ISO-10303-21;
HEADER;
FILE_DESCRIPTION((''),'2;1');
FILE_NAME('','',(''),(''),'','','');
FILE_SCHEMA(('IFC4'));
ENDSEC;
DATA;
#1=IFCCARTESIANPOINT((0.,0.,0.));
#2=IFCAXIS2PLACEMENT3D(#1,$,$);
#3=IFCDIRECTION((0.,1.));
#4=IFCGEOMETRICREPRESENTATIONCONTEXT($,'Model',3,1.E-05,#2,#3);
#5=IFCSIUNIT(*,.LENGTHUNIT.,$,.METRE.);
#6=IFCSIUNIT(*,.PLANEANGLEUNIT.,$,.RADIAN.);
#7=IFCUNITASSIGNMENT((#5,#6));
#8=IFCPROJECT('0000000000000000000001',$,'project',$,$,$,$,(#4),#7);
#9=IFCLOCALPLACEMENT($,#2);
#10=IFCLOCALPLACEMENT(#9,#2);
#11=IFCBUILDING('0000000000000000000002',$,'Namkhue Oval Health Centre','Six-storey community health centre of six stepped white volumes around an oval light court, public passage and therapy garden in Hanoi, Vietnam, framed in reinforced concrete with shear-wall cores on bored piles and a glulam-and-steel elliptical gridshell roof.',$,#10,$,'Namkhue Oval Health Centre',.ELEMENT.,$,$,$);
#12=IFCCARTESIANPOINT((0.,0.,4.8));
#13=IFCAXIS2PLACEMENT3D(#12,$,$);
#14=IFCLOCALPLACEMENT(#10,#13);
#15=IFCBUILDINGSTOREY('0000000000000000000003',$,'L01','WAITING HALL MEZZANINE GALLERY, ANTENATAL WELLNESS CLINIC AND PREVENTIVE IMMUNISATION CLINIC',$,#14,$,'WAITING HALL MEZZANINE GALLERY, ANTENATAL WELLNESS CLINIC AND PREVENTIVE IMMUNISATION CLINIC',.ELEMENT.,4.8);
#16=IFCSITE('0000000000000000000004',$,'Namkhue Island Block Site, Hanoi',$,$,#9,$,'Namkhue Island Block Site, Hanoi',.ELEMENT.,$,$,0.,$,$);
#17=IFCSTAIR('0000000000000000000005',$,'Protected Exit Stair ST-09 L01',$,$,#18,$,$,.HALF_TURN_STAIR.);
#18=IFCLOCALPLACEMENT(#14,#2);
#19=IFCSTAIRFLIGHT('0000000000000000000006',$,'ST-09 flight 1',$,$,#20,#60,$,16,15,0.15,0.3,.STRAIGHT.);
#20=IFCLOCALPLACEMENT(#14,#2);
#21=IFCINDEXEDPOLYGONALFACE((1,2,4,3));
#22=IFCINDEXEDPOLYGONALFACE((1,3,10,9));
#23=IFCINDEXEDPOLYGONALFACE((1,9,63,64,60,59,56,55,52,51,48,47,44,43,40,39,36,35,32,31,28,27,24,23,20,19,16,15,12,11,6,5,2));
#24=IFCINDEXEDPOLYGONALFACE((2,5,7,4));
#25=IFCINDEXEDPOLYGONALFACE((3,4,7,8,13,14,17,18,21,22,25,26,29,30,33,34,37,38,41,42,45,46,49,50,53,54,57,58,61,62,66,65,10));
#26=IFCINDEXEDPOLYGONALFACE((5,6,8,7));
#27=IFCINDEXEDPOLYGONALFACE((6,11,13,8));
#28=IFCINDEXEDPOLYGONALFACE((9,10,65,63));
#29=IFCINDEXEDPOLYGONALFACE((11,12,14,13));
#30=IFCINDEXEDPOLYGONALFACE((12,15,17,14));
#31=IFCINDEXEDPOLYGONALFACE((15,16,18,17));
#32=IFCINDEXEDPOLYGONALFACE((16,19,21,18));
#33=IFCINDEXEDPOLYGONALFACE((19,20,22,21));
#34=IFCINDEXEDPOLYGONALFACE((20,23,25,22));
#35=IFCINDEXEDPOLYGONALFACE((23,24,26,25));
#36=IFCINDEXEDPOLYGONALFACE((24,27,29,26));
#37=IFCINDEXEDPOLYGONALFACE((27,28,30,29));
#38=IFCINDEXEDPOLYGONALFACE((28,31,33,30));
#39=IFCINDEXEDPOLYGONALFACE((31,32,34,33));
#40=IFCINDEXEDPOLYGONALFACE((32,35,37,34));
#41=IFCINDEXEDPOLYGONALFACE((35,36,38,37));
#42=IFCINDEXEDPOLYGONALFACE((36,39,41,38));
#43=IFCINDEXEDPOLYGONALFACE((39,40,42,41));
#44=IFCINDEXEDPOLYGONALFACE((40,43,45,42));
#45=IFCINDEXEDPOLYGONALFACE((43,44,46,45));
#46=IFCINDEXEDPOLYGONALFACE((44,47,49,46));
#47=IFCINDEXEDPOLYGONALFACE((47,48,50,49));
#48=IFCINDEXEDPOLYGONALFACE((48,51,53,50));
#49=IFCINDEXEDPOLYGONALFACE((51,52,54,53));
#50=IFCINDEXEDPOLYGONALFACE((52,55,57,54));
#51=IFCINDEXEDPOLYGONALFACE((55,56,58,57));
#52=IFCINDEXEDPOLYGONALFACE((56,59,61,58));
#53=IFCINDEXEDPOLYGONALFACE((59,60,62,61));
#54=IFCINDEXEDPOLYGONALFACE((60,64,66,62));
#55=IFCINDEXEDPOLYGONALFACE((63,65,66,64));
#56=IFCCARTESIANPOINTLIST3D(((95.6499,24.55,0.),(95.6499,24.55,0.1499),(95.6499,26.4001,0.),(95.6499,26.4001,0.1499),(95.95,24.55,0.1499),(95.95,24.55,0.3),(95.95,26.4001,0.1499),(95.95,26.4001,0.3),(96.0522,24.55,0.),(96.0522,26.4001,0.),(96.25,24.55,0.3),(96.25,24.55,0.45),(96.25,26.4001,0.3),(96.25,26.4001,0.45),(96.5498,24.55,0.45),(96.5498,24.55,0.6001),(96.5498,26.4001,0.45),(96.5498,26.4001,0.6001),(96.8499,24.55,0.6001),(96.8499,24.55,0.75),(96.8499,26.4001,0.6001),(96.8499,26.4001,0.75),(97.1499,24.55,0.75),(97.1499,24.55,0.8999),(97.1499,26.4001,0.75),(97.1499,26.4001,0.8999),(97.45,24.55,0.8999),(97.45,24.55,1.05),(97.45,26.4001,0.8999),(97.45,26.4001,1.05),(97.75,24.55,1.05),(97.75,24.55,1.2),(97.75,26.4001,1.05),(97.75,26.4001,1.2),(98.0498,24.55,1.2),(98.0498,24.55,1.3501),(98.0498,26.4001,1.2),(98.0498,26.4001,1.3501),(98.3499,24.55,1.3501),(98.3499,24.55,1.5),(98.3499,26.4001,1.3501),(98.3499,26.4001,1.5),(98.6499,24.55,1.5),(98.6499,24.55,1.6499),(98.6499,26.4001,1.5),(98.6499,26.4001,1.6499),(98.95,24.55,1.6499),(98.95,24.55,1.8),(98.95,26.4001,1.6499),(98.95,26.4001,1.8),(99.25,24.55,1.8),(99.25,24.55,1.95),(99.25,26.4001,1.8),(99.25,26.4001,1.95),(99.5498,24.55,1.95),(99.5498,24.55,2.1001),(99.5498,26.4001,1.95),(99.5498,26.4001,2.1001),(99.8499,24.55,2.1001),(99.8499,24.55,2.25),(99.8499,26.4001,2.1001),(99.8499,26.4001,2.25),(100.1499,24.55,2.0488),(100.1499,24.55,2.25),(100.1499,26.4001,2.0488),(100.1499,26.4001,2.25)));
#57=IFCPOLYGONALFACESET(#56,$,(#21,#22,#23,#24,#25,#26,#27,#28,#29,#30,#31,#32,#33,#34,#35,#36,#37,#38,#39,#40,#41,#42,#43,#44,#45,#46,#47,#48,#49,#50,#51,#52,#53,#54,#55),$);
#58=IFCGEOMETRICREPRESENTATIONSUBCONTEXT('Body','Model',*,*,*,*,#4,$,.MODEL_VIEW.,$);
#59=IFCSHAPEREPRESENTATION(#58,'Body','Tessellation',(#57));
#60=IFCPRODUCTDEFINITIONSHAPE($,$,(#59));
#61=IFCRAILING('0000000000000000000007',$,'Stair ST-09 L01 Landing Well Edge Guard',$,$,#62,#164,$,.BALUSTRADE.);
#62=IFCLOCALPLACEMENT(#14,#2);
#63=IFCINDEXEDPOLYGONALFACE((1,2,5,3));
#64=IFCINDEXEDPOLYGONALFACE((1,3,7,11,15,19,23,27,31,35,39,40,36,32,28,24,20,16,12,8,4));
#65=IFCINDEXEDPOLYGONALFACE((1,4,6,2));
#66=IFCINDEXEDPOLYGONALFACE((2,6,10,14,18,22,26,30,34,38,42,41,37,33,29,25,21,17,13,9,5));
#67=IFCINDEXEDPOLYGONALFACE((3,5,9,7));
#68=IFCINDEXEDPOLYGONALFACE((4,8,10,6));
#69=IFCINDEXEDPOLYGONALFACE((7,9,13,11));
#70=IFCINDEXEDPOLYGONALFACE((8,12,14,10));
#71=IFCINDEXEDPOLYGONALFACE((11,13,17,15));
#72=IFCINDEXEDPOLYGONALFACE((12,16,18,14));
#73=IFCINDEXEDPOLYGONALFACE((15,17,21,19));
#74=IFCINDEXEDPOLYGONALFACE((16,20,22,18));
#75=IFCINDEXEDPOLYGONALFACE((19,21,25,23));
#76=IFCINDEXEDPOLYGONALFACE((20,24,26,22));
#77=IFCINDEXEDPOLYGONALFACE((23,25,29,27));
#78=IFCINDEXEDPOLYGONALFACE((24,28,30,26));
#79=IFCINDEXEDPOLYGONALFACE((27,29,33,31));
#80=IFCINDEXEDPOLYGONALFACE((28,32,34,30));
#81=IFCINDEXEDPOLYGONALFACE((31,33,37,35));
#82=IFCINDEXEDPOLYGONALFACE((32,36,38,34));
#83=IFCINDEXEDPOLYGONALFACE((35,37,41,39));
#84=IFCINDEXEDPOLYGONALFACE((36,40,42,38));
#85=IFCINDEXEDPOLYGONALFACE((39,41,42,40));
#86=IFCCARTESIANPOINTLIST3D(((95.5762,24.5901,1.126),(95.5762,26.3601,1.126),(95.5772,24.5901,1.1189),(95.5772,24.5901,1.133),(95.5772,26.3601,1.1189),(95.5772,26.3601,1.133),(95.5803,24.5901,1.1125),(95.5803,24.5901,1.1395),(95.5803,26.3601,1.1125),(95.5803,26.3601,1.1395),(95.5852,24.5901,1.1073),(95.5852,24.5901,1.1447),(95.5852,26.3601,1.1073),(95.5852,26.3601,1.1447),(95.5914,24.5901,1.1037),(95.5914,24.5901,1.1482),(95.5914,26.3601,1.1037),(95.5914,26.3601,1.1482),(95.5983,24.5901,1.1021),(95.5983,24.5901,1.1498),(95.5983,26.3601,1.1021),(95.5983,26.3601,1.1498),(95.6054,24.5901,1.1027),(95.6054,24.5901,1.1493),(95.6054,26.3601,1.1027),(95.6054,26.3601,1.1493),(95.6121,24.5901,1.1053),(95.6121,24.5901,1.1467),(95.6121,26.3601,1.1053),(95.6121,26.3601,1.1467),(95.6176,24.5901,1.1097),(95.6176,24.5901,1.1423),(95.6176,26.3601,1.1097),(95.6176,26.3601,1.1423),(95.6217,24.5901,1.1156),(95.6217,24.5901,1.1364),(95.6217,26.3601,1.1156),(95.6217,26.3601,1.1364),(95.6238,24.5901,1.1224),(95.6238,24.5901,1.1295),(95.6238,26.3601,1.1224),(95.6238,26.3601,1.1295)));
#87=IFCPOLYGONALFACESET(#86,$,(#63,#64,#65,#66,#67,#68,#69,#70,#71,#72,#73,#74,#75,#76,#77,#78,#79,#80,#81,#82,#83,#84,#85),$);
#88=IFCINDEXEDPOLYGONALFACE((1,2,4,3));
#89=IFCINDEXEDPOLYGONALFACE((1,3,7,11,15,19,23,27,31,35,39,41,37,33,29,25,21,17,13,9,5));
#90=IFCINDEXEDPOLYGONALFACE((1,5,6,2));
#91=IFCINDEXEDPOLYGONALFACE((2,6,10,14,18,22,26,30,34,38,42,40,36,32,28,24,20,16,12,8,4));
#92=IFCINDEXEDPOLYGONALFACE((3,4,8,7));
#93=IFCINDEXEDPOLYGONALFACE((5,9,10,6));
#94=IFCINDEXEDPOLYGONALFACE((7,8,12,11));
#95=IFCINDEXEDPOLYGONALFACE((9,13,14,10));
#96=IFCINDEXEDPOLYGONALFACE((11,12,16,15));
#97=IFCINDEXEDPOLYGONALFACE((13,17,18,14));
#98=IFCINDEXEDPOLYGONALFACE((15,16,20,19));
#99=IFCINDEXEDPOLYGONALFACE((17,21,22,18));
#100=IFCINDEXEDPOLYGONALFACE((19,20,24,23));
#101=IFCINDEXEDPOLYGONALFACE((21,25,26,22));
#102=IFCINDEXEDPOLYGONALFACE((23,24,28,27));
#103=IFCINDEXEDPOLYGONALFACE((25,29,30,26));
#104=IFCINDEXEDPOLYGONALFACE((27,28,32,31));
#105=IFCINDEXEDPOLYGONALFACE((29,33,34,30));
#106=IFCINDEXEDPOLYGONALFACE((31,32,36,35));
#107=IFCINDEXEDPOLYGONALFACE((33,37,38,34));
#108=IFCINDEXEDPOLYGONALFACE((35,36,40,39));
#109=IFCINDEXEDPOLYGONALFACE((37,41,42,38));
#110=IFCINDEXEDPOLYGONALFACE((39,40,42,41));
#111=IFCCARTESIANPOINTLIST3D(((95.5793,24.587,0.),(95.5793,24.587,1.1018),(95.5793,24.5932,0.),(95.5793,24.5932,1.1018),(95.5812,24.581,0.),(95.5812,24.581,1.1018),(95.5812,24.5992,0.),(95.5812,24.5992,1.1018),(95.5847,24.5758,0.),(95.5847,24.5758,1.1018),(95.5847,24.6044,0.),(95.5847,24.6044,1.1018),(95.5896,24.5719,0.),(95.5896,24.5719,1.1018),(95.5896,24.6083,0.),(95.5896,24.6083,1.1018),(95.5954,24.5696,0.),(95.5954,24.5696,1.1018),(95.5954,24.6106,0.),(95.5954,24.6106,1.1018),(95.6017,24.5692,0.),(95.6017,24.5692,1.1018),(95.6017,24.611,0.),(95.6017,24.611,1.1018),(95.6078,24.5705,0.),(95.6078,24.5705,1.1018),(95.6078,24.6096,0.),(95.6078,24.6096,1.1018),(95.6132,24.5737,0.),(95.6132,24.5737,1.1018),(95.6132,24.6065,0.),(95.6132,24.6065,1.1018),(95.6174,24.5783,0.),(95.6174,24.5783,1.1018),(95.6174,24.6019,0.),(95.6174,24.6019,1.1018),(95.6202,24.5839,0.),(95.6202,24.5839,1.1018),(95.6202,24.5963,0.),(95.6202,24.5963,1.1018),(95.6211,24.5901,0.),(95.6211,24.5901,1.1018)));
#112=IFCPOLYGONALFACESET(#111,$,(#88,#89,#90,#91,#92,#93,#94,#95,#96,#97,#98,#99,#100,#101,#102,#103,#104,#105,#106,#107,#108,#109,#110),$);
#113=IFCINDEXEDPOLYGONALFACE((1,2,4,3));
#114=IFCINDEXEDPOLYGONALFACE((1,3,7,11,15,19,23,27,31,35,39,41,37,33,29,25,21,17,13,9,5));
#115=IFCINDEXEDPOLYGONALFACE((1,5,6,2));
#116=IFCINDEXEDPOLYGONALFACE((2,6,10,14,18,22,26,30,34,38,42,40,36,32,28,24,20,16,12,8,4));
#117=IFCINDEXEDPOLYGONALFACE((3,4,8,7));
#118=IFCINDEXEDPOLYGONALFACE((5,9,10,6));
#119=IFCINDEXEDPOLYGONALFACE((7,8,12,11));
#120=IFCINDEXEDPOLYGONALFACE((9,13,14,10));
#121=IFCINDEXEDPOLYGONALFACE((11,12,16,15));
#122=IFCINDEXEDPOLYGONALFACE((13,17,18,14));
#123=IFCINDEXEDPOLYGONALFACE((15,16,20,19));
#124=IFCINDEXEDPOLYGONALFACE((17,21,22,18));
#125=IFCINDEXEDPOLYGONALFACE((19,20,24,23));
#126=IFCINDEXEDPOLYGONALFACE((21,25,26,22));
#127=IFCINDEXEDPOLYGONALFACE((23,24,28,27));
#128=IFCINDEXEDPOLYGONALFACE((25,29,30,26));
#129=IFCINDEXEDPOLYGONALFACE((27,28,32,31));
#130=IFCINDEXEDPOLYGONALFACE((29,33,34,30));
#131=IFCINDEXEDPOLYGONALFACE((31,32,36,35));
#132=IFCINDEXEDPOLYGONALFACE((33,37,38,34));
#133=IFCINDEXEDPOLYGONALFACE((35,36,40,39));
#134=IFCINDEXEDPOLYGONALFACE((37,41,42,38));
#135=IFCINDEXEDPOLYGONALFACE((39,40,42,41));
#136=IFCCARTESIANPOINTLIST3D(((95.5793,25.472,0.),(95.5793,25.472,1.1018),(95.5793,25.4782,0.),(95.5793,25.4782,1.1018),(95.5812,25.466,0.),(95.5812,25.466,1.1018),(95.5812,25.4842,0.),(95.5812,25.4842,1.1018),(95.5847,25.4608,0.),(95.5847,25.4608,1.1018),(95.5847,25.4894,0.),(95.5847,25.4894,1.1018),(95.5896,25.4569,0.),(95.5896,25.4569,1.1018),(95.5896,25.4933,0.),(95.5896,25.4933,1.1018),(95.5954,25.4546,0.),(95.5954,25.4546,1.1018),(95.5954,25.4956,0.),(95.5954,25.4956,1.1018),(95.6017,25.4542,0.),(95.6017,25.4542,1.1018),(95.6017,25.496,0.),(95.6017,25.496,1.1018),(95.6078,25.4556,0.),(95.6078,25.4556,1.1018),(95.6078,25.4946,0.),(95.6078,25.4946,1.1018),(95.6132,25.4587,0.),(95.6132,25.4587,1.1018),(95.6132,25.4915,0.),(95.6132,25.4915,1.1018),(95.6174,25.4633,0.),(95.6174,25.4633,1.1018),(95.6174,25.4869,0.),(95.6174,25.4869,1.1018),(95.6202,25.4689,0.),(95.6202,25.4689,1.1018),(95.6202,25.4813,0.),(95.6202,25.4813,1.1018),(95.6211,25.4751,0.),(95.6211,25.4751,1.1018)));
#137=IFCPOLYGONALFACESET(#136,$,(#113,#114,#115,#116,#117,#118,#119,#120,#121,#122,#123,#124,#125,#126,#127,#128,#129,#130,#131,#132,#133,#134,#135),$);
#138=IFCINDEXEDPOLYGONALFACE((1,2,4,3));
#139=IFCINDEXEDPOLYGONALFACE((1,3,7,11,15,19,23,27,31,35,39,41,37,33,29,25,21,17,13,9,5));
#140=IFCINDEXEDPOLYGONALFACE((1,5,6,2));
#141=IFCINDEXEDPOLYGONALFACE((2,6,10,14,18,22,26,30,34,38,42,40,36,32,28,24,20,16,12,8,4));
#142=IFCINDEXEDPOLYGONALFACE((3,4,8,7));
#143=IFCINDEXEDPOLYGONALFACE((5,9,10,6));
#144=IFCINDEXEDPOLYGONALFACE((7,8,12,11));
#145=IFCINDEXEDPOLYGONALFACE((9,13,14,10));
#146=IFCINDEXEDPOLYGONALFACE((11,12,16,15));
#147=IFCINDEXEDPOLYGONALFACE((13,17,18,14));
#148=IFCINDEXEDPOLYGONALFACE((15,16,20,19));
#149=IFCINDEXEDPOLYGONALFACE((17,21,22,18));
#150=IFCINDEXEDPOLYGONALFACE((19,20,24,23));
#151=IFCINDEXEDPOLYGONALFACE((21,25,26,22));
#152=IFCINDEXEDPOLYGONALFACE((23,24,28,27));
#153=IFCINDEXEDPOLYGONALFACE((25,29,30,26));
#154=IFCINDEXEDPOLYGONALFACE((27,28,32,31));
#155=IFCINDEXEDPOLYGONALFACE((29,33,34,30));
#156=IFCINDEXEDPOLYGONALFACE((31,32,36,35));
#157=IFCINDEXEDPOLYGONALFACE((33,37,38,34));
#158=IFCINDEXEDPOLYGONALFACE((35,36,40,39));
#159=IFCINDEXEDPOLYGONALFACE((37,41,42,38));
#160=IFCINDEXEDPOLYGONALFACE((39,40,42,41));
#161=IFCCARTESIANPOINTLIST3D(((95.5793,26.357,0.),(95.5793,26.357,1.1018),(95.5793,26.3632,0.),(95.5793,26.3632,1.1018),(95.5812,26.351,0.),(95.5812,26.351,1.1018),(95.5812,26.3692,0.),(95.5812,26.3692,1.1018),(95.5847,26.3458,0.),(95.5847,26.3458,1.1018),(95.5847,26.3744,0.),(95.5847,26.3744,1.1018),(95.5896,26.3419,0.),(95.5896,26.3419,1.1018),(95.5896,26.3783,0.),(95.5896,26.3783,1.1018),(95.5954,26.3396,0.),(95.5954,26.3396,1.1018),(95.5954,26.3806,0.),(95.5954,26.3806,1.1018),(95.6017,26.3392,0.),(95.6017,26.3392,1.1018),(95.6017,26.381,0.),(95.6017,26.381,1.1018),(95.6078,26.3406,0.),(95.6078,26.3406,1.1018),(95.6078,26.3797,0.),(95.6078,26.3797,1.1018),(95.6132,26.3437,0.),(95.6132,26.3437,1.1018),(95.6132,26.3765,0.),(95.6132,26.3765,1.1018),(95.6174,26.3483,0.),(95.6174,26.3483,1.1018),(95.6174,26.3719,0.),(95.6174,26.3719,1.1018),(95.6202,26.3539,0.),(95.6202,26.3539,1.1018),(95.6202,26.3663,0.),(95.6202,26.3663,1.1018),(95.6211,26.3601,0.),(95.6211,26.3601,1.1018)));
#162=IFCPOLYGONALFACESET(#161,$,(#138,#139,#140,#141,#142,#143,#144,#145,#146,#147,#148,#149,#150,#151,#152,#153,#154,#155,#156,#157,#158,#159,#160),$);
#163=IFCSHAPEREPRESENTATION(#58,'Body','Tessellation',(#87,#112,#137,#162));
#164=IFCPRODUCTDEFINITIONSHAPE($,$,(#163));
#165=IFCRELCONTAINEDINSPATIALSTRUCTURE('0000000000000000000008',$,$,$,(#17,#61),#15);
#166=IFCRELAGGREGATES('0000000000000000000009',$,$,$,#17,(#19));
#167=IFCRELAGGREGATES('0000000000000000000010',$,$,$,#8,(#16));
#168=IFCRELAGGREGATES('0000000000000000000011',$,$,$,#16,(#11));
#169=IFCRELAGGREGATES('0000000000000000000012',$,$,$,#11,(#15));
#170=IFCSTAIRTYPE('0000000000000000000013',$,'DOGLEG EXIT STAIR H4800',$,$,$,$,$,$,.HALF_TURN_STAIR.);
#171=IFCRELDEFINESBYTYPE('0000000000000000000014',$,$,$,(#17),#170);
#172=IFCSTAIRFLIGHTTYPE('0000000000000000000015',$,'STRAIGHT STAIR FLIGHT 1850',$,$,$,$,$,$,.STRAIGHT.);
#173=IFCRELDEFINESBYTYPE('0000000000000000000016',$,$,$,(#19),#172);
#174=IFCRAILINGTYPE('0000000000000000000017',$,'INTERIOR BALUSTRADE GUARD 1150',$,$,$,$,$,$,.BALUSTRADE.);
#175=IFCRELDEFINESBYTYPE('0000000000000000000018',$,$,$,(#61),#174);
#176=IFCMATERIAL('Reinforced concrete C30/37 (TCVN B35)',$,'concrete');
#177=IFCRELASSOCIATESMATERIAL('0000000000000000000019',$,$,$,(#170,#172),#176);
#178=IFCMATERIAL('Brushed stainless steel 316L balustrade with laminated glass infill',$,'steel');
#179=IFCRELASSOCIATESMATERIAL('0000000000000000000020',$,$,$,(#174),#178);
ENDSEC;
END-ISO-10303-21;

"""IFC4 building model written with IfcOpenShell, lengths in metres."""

from ifc_helpers import new_model, si_unit, direction, frame, origin, origin_2d, place, context, subcontext, project, spatial, polyline, circle, outline, extrude, material, type_object, element, aggregate, save


model = new_model("IFC4")

# Units and contexts
model_context = context("Model", 3, precision=1e-05, world=origin(), true_north=direction((0.0, 1.0)))
body_context = subcontext(model_context, "Body", "Model", "MODEL_VIEW")
ifc_project = project(units=[si_unit("LENGTHUNIT", "METRE"), si_unit("PLANEANGLEUNIT", "RADIAN")], contexts=[model_context])

# Site, building, storey
site_placement = place(None, origin())
site = spatial("IfcSite", under=ifc_project, at=site_placement, Name="Namkhue Island Block Site, Hanoi", LongName="Namkhue Island Block Site, Hanoi", CompositionType="ELEMENT", RefElevation=0.0)
building_placement = place(site_placement, origin())
building = spatial("IfcBuilding", under=site, at=building_placement, Name="Namkhue Oval Health Centre", Description="Six-storey community health centre of six stepped white volumes around an oval light court, public passage and therapy garden in Hanoi, Vietnam, framed in reinforced concrete with shear-wall cores on bored piles and a glulam-and-steel elliptical gridshell roof.", LongName="Namkhue Oval Health Centre", CompositionType="ELEMENT")
storey_placement = place(building_placement, frame((0.0, 0.0, 4.8)))
storey = spatial("IfcBuildingStorey", under=building, at=storey_placement, Name="L01", Description="WAITING HALL MEZZANINE GALLERY, ANTENATAL WELLNESS CLINIC AND PREVENTIVE IMMUNISATION CLINIC", LongName="WAITING HALL MEZZANINE GALLERY, ANTENATAL WELLNESS CLINIC AND PREVENTIVE IMMUNISATION CLINIC", CompositionType="ELEMENT", Elevation=4.8)

# Stair, stair flight
ifc_material_1 = material(Name="Reinforced concrete C30/37 (TCVN B35)", Category="concrete")
stair_type = type_object("IfcStairType", Name="DOGLEG EXIT STAIR H4800", PredefinedType="HALF_TURN_STAIR", material=ifc_material_1)
stair_placement = place(storey_placement, origin())
stair = element("IfcStair", 1, at=stair_placement, inside=storey, type_object=stair_type, Name="Protected Exit Stair ST-09 L01", PredefinedType="HALF_TURN_STAIR")
stair_flight_type = type_object("IfcStairFlightType", Name="STRAIGHT STAIR FLIGHT 1850", PredefinedType="STRAIGHT", material=ifc_material_1)
stair_flight_placement = place(storey_placement, frame((95.6499, 25.4751, 0.0), z_axis=(0.0, 0.0, 1.0), x_axis=(1.0, 0.0, 0.0)))
stair_flight = element("IfcStairFlight", 2, at=stair_flight_placement, type_object=stair_flight_type, Name="ST-09 flight 1", NumberOfRisers=16, NumberOfTreads=15, PredefinedType="STRAIGHT", RiserHeight=0.15, TreadLength=0.3, context=body_context, shape_type="SweptSolid", body=[
    extrude(outline(polyline([(0.0, 0.0), (0.0, 0.1499), (0.3, 0.1499), (0.3, 0.3), (0.6001, 0.3), (0.6001, 0.45), (0.8999, 0.45), (0.8999, 0.6001), (1.2, 0.6001), (1.2, 0.75), (1.5, 0.75), (1.5, 0.8999), (1.8, 0.8999), (1.8, 1.05), (2.1001, 1.05), (2.1001, 1.2), (2.3999, 1.2), (2.3999, 1.3501), (2.7, 1.3501), (2.7, 1.5), (3.0, 1.5), (3.0, 1.6499), (3.3, 1.6499), (3.3, 1.8), (3.6001, 1.8), (3.6001, 1.95), (3.8999, 1.95), (3.8999, 2.1001), (4.2, 2.1001), (4.2, 2.25), (4.5, 2.25), (4.5, 2.3999), (4.5, 2.0488), (0.4023, 0.0), (0.0, 0.0)])), frame((0.0, 0.925, 0.0), z_axis=(0.0, -1.0, 0.0), x_axis=(1.0, 0.0, 0.0)), (0.0, 0.0, 1.0), 1.8501),
])
aggregate(stair, [stair_flight])

# Railing
ifc_material_2 = material(Name="Brushed stainless steel 316L balustrade with laminated glass infill", Category="steel")
railing_type_1 = type_object("IfcRailingType", Name="INTERIOR BALUSTRADE GUARD 1150", PredefinedType="BALUSTRADE", material=ifc_material_2)
railing_1_placement = place(storey_placement, frame((95.6001, 24.5901, 0.0)))
element("IfcRailing", 3, at=railing_1_placement, inside=storey, type_object=railing_type_1, Name="Stair ST-09 L01 Landing Well Edge Guard", PredefinedType="BALUSTRADE", context=body_context, shape_type="SweptSolid", body=[
    extrude(circle(Radius=0.0239, at=origin_2d()), frame((0.0, 0.0, 1.126), z_axis=(0.0, 1.0, 0.0), x_axis=(-1.0, 0.0, 0.0)), (0.0, 0.0, 1.0), 1.77),
    extrude(circle(Radius=0.021, at=origin_2d()), origin(), (0.0, 0.0, 1.0), 1.1018),
    extrude(circle(Radius=0.021, at=origin_2d()), frame((0.0, 0.885, 0.0)), (0.0, 0.0, 1.0), 1.1018),
    extrude(circle(Radius=0.021, at=origin_2d()), frame((0.0, 1.77, 0.0)), (0.0, 0.0, 1.0), 1.1018),
])

save(model, "model.ifc")
